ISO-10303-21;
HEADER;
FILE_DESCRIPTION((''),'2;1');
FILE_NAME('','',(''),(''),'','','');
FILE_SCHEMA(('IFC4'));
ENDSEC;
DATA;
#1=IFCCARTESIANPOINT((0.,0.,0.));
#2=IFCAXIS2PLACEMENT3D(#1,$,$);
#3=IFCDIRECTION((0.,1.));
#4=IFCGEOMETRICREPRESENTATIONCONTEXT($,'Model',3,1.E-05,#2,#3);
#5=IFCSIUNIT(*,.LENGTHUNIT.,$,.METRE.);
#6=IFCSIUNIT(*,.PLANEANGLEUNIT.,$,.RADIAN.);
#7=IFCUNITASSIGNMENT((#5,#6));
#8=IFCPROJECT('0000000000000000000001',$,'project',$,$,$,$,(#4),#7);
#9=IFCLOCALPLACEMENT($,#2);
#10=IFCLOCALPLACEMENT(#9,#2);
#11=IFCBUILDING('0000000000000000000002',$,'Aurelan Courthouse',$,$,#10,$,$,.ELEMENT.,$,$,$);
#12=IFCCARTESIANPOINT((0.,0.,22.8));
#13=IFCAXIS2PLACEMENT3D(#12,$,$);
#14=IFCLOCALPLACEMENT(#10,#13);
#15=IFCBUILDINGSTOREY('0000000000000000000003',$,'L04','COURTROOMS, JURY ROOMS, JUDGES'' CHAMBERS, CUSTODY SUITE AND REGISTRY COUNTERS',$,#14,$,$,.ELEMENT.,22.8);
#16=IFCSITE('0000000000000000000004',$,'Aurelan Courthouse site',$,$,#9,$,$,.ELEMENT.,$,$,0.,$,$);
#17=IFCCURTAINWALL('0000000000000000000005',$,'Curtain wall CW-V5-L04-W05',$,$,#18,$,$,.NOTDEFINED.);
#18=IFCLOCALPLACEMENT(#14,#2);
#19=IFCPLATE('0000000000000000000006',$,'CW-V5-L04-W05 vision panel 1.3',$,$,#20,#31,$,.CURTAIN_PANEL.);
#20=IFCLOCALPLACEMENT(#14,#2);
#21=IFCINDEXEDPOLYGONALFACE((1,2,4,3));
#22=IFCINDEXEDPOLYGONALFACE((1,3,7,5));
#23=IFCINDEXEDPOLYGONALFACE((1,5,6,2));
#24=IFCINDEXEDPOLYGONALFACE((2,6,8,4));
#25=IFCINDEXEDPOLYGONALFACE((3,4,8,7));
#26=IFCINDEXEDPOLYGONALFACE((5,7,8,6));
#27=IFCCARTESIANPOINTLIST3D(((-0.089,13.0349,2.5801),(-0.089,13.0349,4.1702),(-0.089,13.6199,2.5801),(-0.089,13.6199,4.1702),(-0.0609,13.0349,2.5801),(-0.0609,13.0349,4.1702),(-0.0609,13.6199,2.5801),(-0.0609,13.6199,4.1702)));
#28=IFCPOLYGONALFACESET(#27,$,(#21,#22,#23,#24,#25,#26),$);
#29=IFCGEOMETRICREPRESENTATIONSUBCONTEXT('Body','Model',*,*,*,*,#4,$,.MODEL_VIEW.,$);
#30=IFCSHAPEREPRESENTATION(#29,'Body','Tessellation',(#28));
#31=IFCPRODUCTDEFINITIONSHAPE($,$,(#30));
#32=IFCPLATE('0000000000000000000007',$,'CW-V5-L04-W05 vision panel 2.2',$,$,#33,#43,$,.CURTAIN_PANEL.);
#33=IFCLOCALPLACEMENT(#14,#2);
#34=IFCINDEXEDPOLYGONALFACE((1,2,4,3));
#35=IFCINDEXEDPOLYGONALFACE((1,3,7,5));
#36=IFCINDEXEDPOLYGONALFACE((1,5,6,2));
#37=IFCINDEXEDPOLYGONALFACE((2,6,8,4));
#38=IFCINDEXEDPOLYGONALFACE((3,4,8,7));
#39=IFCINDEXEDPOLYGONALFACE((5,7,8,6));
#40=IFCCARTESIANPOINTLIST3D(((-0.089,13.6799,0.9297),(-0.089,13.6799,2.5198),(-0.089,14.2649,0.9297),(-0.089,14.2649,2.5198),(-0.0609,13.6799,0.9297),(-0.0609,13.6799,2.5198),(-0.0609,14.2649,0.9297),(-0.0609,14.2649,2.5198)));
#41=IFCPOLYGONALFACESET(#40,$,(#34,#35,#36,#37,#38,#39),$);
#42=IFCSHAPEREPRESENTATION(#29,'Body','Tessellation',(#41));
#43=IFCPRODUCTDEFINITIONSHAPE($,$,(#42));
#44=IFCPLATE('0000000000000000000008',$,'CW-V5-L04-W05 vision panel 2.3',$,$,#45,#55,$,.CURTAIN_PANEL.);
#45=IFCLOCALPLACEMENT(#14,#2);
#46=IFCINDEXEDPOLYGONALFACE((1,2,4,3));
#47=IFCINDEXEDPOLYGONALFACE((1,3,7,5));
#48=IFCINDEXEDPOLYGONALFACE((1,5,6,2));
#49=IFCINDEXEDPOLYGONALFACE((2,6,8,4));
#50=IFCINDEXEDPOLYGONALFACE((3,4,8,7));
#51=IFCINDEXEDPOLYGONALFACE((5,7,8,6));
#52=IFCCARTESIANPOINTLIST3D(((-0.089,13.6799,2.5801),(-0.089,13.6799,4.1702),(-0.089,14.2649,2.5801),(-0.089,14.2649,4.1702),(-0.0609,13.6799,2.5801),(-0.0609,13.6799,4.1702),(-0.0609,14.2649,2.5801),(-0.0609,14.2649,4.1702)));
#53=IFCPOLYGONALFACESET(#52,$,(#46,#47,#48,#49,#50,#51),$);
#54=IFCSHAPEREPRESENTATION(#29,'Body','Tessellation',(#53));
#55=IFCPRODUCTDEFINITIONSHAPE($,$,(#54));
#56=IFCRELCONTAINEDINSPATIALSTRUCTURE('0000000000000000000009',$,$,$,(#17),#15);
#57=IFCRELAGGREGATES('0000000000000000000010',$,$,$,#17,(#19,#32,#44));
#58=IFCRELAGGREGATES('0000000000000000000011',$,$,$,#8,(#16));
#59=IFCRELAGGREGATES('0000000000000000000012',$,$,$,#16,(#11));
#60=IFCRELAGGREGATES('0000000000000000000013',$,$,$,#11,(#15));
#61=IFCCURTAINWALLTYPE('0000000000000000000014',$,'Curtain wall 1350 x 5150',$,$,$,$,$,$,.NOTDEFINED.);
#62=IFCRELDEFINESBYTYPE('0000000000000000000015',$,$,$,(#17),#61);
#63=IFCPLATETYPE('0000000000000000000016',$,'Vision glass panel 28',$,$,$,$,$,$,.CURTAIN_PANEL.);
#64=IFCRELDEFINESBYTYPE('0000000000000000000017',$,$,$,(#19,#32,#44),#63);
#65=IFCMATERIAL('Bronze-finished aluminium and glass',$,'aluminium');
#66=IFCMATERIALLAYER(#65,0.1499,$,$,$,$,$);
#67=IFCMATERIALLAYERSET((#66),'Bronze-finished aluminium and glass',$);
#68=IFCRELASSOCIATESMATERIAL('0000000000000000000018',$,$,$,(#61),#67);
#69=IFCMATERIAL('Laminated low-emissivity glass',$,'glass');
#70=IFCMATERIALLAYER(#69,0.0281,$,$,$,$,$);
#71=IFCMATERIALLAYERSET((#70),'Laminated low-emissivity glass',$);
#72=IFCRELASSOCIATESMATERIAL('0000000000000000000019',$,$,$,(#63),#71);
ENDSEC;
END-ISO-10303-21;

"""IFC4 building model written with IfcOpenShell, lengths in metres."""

from ifc_helpers import new_model, si_unit, direction, frame, origin, origin_2d, place, context, subcontext, project, spatial, rectangle, extrude, material, layer, layer_set, type_object, element, aggregate, save


model = new_model("IFC4")

# Units and contexts
model_context = context("Model", 3, precision=1e-05, world=origin(), true_north=direction((0.0, 1.0)))
body_context = subcontext(model_context, "Body", "Model", "MODEL_VIEW")
ifc_project = project(units=[si_unit("LENGTHUNIT", "METRE"), si_unit("PLANEANGLEUNIT", "RADIAN")], contexts=[model_context])

# Site, building, storey
site_placement = place(None, origin())
site = spatial("IfcSite", under=ifc_project, at=site_placement, Name="Aurelan Courthouse site", CompositionType="ELEMENT", RefElevation=0.0)
building_placement = place(site_placement, origin())
building = spatial("IfcBuilding", under=site, at=building_placement, Name="Aurelan Courthouse", CompositionType="ELEMENT")
storey_placement = place(building_placement, frame((0.0, 0.0, 22.8)))
storey = spatial("IfcBuildingStorey", under=building, at=storey_placement, Name="L04", Description="COURTROOMS, JURY ROOMS, JUDGES' CHAMBERS, CUSTODY SUITE AND REGISTRY COUNTERS", CompositionType="ELEMENT", Elevation=22.8)

# Curtain wall
ifc_material_1 = material(Name="Bronze-finished aluminium and glass", Category="aluminium")
ifc_layer_1 = layer(ifc_material_1, 0.1499)
ifc_layer_set_1 = layer_set([ifc_layer_1], Name="Bronze-finished aluminium and glass")
curtain_wall_type = type_object("IfcCurtainWallType", Name="Curtain wall 1350 x 5150", PredefinedType="NOTDEFINED", material=ifc_layer_set_1)
curtain_wall_1_placement = place(storey_placement, origin())
curtain_wall_1 = element("IfcCurtainWall", 1, at=curtain_wall_1_placement, inside=storey, type_object=curtain_wall_type, Name="Curtain wall CW-V5-L04-W05", PredefinedType="NOTDEFINED")

# Plates
ifc_material_2 = material(Name="Laminated low-emissivity glass", Category="glass")
ifc_layer_2 = layer(ifc_material_2, 0.0281)
ifc_layer_set_2 = layer_set([ifc_layer_2], Name="Laminated low-emissivity glass")
plate_type_1 = type_object("IfcPlateType", Name="Vision glass panel 28", PredefinedType="CURTAIN_PANEL", material=ifc_layer_set_2)
plate_1_placement = place(storey_placement, frame((-0.075, 13.3274, 2.5801), z_axis=(0.0, 0.0, 1.0), x_axis=(0.0, 1.0, 0.0)))
plate_1 = element("IfcPlate", 2, at=plate_1_placement, type_object=plate_type_1, Name="CW-V5-L04-W05 vision panel 1.3", PredefinedType="CURTAIN_PANEL", context=body_context, shape_type="SweptSolid", body=[
    extrude(rectangle(XDim=0.585, YDim=0.0281, at=origin_2d()), origin(), (0.0, 0.0, 1.0), 1.5901),
])
plate_2_placement = place(storey_placement, frame((-0.075, 13.9724, 0.9297), z_axis=(0.0, 0.0, 1.0), x_axis=(0.0, 1.0, 0.0)))
plate_2 = element("IfcPlate", 3, at=plate_2_placement, type_object=plate_type_1, Name="CW-V5-L04-W05 vision panel 2.2", PredefinedType="CURTAIN_PANEL", context=body_context, shape_type="SweptSolid", body=[
    extrude(rectangle(XDim=0.585, YDim=0.0281, at=origin_2d()), origin(), (0.0, 0.0, 1.0), 1.5901),
])
plate_3_placement = place(storey_placement, frame((-0.075, 13.9724, 2.5801), z_axis=(0.0, 0.0, 1.0), x_axis=(0.0, 1.0, 0.0)))
plate_3 = element("IfcPlate", 4, at=plate_3_placement, type_object=plate_type_1, Name="CW-V5-L04-W05 vision panel 2.3", PredefinedType="CURTAIN_PANEL", context=body_context, shape_type="SweptSolid", body=[
    extrude(rectangle(XDim=0.585, YDim=0.0281, at=origin_2d()), origin(), (0.0, 0.0, 1.0), 1.5901),
])
aggregate(curtain_wall_1, [plate_1, plate_2, plate_3])

save(model, "model.ifc")
